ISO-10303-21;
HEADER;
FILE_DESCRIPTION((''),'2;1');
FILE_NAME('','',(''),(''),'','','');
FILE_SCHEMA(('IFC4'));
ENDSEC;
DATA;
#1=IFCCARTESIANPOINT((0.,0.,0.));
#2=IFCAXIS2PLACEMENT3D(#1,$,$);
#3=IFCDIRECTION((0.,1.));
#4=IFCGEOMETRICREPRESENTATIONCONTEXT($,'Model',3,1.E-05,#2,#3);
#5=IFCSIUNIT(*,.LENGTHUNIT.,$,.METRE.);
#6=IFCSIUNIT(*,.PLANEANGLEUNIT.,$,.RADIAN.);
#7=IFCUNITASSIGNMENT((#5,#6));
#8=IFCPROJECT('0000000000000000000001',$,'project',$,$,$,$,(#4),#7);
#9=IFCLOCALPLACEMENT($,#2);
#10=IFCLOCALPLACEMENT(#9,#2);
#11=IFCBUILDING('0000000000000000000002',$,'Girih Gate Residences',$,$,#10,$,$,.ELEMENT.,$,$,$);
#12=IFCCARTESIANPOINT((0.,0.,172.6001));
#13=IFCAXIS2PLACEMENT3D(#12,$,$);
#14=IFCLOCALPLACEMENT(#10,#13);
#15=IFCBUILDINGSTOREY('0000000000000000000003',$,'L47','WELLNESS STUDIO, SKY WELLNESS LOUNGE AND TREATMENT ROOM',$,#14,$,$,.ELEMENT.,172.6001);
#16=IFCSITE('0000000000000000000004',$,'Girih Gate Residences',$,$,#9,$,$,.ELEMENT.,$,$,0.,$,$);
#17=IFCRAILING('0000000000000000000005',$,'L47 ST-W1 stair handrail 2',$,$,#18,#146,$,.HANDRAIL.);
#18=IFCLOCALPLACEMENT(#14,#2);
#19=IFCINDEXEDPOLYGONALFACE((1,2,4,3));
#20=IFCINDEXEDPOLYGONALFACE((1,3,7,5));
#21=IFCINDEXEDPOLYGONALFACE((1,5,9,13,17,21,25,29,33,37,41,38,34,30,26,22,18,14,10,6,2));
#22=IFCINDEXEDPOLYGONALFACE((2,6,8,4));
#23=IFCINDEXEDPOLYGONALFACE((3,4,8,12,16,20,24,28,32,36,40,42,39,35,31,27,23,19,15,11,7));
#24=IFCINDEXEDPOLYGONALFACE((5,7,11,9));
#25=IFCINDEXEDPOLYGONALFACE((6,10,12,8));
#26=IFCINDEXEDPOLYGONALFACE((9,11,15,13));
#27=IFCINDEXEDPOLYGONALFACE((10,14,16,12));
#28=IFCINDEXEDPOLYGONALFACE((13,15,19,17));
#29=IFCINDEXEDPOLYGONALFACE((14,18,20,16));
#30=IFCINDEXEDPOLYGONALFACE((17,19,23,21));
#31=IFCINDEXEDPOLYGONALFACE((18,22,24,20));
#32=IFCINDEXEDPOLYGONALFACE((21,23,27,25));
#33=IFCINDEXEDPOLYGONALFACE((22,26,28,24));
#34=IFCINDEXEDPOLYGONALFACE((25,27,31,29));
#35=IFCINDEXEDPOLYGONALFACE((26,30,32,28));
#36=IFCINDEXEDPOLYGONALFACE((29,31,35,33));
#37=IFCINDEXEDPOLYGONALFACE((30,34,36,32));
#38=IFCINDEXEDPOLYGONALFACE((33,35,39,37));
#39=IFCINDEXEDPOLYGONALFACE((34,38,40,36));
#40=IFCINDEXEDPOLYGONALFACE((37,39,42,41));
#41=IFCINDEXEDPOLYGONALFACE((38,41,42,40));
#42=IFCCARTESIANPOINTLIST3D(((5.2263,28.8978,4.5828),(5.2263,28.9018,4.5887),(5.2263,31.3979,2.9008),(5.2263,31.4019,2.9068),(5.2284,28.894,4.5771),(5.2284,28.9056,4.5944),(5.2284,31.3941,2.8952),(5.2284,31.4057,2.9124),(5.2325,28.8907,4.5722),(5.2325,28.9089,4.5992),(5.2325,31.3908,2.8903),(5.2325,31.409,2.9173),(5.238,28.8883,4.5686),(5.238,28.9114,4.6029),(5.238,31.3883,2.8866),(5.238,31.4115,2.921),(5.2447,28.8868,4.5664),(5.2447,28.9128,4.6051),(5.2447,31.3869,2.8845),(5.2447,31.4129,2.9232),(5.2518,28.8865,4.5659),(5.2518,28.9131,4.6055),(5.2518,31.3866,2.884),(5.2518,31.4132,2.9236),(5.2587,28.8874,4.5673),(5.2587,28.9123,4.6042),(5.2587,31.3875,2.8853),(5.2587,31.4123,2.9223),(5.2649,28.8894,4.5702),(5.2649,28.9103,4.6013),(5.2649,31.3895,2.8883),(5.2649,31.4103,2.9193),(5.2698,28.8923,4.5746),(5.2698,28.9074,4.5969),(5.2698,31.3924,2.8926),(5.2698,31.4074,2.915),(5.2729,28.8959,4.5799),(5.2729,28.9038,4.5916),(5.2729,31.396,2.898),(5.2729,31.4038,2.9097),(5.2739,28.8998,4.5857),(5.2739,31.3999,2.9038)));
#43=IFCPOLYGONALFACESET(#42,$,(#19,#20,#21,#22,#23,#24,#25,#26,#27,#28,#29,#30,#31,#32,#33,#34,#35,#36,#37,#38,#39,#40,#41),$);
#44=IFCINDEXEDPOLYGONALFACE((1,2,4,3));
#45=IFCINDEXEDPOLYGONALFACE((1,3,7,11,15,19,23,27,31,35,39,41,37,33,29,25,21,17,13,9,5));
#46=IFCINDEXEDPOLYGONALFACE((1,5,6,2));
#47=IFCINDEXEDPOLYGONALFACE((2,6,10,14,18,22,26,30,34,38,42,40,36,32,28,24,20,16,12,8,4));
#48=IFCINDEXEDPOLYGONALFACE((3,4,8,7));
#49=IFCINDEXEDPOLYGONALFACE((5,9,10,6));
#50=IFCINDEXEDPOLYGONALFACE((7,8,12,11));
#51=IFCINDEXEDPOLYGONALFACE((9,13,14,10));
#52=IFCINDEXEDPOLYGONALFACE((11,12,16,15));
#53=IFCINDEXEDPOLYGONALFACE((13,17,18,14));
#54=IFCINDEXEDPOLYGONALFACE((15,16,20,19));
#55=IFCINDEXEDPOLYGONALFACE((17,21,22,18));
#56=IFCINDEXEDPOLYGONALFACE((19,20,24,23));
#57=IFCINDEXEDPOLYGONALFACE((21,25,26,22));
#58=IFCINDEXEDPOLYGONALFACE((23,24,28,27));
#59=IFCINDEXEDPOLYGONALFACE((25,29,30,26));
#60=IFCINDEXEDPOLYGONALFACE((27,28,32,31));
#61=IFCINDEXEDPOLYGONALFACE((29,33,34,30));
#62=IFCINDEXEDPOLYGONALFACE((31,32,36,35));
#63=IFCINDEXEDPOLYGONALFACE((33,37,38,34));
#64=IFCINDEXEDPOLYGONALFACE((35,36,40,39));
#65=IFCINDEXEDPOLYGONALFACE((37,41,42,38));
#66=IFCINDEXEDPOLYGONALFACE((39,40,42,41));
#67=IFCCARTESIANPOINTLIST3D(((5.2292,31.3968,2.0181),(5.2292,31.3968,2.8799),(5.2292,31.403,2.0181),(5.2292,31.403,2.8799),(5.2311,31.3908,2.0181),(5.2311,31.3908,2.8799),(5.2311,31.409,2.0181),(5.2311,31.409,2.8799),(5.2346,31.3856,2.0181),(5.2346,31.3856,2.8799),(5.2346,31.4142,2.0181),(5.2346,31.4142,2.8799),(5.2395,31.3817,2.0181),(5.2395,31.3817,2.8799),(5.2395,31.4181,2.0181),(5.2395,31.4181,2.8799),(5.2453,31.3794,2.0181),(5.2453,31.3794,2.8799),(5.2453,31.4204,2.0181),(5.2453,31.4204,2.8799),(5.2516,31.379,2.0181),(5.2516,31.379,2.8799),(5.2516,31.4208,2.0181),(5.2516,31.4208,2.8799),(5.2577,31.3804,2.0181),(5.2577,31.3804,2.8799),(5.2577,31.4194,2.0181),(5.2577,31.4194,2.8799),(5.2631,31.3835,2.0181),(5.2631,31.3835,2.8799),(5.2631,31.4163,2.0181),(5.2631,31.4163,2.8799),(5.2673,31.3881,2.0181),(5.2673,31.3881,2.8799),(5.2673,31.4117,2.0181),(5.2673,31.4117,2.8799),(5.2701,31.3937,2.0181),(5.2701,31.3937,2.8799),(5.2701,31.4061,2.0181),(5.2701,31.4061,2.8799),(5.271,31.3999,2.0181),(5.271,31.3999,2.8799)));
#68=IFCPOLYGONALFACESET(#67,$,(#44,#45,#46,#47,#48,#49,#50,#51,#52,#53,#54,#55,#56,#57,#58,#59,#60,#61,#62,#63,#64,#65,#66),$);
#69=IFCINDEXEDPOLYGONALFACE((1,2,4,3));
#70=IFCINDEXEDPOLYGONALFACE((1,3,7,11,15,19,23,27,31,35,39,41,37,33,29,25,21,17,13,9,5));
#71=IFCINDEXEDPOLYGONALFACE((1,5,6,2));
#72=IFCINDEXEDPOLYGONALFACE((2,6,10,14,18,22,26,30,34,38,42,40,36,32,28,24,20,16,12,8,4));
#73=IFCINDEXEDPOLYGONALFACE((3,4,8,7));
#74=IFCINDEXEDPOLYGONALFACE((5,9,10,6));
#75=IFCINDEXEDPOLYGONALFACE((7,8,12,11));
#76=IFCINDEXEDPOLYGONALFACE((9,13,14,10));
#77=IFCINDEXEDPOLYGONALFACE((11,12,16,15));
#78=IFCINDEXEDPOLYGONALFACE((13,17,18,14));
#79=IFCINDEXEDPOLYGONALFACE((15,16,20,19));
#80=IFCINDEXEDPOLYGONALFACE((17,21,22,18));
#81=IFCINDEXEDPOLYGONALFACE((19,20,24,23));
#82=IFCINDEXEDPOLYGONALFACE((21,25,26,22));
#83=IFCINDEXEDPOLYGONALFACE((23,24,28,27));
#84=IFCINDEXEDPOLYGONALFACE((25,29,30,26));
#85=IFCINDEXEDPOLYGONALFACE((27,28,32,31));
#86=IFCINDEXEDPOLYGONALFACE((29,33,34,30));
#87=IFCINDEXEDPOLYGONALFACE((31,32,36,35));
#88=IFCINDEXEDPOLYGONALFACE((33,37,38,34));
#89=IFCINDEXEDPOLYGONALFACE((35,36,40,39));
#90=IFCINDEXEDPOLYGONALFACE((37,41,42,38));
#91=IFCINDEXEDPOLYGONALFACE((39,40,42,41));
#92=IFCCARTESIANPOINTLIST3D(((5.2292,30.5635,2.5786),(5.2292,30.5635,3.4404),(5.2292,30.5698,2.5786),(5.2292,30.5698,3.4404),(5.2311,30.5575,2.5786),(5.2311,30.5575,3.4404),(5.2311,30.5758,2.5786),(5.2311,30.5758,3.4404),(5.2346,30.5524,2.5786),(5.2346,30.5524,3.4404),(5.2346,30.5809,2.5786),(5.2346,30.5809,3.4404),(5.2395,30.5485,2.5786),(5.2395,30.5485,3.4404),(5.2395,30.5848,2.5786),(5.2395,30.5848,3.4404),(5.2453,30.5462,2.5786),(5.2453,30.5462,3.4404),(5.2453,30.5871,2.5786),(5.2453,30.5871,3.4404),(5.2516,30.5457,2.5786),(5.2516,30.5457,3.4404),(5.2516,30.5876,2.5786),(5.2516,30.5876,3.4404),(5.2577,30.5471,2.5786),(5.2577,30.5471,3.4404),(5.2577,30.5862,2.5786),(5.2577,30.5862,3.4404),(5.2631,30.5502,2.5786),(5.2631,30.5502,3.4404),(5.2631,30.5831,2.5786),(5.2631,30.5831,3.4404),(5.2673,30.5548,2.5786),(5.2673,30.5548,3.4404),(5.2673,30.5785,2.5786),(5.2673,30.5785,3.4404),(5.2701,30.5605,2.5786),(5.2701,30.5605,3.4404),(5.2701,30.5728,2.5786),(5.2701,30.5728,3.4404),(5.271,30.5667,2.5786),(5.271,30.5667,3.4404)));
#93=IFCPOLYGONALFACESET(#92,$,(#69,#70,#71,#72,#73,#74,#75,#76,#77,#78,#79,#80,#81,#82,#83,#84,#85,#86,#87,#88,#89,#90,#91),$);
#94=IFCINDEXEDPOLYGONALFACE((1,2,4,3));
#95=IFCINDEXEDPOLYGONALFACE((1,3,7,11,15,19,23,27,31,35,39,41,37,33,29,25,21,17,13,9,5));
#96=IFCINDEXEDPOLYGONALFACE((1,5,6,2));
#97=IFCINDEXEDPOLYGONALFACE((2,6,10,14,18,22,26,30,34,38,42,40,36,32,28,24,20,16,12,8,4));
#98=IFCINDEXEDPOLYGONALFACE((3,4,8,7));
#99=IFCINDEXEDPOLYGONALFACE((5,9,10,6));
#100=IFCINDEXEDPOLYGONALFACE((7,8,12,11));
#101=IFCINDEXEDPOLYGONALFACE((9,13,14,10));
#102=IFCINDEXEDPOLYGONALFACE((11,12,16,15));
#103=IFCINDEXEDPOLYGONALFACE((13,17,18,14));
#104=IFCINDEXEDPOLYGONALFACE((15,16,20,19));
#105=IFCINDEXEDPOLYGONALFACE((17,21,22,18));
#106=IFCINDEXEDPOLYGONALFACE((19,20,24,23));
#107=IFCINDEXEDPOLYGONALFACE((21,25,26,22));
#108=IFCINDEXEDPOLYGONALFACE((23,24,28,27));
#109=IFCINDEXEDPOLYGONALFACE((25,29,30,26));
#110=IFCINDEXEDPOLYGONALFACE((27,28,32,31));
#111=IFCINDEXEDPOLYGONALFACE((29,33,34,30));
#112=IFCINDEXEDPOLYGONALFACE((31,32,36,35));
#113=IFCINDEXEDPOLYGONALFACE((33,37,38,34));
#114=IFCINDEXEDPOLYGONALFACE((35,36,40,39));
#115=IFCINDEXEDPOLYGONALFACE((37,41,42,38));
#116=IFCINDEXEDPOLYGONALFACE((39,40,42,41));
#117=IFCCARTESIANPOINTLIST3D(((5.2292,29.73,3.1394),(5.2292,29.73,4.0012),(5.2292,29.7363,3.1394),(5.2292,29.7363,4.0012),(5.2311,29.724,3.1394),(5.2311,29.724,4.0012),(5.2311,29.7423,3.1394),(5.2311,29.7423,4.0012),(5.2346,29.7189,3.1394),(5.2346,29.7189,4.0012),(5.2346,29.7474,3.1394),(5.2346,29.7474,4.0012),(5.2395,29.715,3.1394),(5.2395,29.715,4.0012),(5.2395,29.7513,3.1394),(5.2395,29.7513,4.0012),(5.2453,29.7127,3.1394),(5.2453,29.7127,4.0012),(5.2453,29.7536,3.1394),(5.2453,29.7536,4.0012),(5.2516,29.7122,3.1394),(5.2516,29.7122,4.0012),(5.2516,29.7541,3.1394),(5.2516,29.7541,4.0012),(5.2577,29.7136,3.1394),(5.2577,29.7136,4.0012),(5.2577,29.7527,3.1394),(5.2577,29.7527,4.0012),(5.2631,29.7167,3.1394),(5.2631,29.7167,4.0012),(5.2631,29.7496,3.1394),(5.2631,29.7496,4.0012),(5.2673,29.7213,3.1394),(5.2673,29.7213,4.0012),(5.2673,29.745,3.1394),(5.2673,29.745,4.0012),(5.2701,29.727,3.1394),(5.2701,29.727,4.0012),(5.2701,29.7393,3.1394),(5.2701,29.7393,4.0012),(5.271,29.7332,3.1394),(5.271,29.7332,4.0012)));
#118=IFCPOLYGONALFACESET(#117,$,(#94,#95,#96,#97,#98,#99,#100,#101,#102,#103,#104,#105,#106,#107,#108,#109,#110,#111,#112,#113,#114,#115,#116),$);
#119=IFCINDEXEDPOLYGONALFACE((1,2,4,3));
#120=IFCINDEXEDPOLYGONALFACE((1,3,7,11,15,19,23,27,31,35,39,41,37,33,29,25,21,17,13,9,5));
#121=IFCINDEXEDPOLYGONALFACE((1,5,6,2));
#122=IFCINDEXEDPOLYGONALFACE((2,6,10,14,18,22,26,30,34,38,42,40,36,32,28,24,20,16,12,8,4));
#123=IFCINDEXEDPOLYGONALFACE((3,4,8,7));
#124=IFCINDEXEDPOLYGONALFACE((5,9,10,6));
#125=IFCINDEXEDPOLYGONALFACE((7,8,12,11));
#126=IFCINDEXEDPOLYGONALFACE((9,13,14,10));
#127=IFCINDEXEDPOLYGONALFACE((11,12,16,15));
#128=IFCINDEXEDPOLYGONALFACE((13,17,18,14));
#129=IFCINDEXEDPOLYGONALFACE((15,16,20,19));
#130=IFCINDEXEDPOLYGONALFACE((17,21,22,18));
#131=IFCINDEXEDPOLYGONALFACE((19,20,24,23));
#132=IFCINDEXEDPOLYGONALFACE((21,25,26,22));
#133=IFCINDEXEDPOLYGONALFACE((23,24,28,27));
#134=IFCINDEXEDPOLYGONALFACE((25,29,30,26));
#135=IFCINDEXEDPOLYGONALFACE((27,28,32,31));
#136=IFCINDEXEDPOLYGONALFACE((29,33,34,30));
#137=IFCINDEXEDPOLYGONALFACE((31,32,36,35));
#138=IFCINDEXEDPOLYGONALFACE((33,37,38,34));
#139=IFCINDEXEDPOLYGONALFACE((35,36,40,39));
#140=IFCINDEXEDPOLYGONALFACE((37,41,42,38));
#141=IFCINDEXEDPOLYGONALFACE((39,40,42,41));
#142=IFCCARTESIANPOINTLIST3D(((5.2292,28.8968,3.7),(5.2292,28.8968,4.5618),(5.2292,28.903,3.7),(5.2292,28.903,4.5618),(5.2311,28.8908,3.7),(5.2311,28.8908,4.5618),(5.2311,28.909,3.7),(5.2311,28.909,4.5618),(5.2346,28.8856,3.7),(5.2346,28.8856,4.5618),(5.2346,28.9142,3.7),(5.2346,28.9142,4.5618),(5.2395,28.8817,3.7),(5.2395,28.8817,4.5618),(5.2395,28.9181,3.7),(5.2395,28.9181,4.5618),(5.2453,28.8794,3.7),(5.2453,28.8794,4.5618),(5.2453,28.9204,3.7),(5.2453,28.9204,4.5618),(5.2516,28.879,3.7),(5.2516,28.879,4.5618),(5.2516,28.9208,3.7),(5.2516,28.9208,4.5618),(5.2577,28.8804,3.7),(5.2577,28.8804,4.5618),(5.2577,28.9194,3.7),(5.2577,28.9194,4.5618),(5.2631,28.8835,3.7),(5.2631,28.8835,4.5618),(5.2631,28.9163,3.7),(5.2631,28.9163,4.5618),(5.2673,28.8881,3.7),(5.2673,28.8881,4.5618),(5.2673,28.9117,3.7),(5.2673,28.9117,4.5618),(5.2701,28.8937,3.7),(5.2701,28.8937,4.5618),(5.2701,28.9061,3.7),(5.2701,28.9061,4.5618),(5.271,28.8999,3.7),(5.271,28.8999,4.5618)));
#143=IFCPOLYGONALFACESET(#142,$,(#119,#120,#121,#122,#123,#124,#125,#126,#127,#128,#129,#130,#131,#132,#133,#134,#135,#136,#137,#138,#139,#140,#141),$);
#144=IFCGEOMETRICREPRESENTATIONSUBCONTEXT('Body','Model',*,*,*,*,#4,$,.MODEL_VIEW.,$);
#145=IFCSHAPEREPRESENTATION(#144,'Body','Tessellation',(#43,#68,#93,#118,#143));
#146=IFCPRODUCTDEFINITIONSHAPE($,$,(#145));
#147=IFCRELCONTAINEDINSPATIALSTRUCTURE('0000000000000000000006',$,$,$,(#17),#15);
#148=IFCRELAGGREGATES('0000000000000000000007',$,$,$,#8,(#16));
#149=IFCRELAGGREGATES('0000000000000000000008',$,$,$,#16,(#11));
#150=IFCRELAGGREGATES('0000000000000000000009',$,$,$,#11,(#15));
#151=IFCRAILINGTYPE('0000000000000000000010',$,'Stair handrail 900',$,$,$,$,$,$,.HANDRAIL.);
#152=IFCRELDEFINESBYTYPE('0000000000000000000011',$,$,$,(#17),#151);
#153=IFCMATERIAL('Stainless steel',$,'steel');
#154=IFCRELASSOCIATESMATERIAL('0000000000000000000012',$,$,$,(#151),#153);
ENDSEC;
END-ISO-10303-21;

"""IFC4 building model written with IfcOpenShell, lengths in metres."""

from ifc_helpers import new_model, si_unit, direction, frame, origin, origin_2d, place, context, subcontext, project, spatial, circle, extrude, material, type_object, element, save


model = new_model("IFC4")

# Units and contexts
model_context = context("Model", 3, precision=1e-05, world=origin(), true_north=direction((0.0, 1.0)))
body_context = subcontext(model_context, "Body", "Model", "MODEL_VIEW")
ifc_project = project(units=[si_unit("LENGTHUNIT", "METRE"), si_unit("PLANEANGLEUNIT", "RADIAN")], contexts=[model_context])

# Site, building, storey
site_placement = place(None, origin())
site = spatial("IfcSite", under=ifc_project, at=site_placement, Name="Girih Gate Residences", CompositionType="ELEMENT", RefElevation=0.0)
building_placement = place(site_placement, origin())
building = spatial("IfcBuilding", under=site, at=building_placement, Name="Girih Gate Residences", CompositionType="ELEMENT")
storey_placement = place(building_placement, frame((0.0, 0.0, 172.6001)))
storey = spatial("IfcBuildingStorey", under=building, at=storey_placement, Name="L47", Description="WELLNESS STUDIO, SKY WELLNESS LOUNGE AND TREATMENT ROOM", CompositionType="ELEMENT", Elevation=172.6001)

# Railing
ifc_material_1 = material(Name="Stainless steel", Category="steel")
railing_type_1 = type_object("IfcRailingType", Name="Stair handrail 900", PredefinedType="HANDRAIL", material=ifc_material_1)
railing_1_placement = place(storey_placement, frame((5.25, 31.3999, 2.0181)))
element("IfcRailing", 1, at=railing_1_placement, inside=storey, type_object=railing_type_1, Name="L47 ST-W1 stair handrail 2", PredefinedType="HANDRAIL", context=body_context, shape_type="SweptSolid", body=[
    extrude(circle(Radius=0.0239, at=origin_2d()), frame((0.0, 0.0, 0.8857), z_axis=(0.0, -0.829712, 0.558192), x_axis=(1.0, 0.0, 0.0)), (0.0, 0.0, 1.0), 3.0132),
    extrude(circle(Radius=0.021, at=origin_2d()), origin(), (0.0, 0.0, 1.0), 0.8618),
    extrude(circle(Radius=0.021, at=origin_2d()), frame((0.0, -0.8333, 0.5605)), (0.0, 0.0, 1.0), 0.8618),
    extrude(circle(Radius=0.021, at=origin_2d()), frame((0.0, -1.6667, 1.1213)), (0.0, 0.0, 1.0), 0.8618),
    extrude(circle(Radius=0.021, at=origin_2d()), frame((0.0, -2.5, 1.6819)), (0.0, 0.0, 1.0), 0.8618),
])

save(model, "model.ifc")
